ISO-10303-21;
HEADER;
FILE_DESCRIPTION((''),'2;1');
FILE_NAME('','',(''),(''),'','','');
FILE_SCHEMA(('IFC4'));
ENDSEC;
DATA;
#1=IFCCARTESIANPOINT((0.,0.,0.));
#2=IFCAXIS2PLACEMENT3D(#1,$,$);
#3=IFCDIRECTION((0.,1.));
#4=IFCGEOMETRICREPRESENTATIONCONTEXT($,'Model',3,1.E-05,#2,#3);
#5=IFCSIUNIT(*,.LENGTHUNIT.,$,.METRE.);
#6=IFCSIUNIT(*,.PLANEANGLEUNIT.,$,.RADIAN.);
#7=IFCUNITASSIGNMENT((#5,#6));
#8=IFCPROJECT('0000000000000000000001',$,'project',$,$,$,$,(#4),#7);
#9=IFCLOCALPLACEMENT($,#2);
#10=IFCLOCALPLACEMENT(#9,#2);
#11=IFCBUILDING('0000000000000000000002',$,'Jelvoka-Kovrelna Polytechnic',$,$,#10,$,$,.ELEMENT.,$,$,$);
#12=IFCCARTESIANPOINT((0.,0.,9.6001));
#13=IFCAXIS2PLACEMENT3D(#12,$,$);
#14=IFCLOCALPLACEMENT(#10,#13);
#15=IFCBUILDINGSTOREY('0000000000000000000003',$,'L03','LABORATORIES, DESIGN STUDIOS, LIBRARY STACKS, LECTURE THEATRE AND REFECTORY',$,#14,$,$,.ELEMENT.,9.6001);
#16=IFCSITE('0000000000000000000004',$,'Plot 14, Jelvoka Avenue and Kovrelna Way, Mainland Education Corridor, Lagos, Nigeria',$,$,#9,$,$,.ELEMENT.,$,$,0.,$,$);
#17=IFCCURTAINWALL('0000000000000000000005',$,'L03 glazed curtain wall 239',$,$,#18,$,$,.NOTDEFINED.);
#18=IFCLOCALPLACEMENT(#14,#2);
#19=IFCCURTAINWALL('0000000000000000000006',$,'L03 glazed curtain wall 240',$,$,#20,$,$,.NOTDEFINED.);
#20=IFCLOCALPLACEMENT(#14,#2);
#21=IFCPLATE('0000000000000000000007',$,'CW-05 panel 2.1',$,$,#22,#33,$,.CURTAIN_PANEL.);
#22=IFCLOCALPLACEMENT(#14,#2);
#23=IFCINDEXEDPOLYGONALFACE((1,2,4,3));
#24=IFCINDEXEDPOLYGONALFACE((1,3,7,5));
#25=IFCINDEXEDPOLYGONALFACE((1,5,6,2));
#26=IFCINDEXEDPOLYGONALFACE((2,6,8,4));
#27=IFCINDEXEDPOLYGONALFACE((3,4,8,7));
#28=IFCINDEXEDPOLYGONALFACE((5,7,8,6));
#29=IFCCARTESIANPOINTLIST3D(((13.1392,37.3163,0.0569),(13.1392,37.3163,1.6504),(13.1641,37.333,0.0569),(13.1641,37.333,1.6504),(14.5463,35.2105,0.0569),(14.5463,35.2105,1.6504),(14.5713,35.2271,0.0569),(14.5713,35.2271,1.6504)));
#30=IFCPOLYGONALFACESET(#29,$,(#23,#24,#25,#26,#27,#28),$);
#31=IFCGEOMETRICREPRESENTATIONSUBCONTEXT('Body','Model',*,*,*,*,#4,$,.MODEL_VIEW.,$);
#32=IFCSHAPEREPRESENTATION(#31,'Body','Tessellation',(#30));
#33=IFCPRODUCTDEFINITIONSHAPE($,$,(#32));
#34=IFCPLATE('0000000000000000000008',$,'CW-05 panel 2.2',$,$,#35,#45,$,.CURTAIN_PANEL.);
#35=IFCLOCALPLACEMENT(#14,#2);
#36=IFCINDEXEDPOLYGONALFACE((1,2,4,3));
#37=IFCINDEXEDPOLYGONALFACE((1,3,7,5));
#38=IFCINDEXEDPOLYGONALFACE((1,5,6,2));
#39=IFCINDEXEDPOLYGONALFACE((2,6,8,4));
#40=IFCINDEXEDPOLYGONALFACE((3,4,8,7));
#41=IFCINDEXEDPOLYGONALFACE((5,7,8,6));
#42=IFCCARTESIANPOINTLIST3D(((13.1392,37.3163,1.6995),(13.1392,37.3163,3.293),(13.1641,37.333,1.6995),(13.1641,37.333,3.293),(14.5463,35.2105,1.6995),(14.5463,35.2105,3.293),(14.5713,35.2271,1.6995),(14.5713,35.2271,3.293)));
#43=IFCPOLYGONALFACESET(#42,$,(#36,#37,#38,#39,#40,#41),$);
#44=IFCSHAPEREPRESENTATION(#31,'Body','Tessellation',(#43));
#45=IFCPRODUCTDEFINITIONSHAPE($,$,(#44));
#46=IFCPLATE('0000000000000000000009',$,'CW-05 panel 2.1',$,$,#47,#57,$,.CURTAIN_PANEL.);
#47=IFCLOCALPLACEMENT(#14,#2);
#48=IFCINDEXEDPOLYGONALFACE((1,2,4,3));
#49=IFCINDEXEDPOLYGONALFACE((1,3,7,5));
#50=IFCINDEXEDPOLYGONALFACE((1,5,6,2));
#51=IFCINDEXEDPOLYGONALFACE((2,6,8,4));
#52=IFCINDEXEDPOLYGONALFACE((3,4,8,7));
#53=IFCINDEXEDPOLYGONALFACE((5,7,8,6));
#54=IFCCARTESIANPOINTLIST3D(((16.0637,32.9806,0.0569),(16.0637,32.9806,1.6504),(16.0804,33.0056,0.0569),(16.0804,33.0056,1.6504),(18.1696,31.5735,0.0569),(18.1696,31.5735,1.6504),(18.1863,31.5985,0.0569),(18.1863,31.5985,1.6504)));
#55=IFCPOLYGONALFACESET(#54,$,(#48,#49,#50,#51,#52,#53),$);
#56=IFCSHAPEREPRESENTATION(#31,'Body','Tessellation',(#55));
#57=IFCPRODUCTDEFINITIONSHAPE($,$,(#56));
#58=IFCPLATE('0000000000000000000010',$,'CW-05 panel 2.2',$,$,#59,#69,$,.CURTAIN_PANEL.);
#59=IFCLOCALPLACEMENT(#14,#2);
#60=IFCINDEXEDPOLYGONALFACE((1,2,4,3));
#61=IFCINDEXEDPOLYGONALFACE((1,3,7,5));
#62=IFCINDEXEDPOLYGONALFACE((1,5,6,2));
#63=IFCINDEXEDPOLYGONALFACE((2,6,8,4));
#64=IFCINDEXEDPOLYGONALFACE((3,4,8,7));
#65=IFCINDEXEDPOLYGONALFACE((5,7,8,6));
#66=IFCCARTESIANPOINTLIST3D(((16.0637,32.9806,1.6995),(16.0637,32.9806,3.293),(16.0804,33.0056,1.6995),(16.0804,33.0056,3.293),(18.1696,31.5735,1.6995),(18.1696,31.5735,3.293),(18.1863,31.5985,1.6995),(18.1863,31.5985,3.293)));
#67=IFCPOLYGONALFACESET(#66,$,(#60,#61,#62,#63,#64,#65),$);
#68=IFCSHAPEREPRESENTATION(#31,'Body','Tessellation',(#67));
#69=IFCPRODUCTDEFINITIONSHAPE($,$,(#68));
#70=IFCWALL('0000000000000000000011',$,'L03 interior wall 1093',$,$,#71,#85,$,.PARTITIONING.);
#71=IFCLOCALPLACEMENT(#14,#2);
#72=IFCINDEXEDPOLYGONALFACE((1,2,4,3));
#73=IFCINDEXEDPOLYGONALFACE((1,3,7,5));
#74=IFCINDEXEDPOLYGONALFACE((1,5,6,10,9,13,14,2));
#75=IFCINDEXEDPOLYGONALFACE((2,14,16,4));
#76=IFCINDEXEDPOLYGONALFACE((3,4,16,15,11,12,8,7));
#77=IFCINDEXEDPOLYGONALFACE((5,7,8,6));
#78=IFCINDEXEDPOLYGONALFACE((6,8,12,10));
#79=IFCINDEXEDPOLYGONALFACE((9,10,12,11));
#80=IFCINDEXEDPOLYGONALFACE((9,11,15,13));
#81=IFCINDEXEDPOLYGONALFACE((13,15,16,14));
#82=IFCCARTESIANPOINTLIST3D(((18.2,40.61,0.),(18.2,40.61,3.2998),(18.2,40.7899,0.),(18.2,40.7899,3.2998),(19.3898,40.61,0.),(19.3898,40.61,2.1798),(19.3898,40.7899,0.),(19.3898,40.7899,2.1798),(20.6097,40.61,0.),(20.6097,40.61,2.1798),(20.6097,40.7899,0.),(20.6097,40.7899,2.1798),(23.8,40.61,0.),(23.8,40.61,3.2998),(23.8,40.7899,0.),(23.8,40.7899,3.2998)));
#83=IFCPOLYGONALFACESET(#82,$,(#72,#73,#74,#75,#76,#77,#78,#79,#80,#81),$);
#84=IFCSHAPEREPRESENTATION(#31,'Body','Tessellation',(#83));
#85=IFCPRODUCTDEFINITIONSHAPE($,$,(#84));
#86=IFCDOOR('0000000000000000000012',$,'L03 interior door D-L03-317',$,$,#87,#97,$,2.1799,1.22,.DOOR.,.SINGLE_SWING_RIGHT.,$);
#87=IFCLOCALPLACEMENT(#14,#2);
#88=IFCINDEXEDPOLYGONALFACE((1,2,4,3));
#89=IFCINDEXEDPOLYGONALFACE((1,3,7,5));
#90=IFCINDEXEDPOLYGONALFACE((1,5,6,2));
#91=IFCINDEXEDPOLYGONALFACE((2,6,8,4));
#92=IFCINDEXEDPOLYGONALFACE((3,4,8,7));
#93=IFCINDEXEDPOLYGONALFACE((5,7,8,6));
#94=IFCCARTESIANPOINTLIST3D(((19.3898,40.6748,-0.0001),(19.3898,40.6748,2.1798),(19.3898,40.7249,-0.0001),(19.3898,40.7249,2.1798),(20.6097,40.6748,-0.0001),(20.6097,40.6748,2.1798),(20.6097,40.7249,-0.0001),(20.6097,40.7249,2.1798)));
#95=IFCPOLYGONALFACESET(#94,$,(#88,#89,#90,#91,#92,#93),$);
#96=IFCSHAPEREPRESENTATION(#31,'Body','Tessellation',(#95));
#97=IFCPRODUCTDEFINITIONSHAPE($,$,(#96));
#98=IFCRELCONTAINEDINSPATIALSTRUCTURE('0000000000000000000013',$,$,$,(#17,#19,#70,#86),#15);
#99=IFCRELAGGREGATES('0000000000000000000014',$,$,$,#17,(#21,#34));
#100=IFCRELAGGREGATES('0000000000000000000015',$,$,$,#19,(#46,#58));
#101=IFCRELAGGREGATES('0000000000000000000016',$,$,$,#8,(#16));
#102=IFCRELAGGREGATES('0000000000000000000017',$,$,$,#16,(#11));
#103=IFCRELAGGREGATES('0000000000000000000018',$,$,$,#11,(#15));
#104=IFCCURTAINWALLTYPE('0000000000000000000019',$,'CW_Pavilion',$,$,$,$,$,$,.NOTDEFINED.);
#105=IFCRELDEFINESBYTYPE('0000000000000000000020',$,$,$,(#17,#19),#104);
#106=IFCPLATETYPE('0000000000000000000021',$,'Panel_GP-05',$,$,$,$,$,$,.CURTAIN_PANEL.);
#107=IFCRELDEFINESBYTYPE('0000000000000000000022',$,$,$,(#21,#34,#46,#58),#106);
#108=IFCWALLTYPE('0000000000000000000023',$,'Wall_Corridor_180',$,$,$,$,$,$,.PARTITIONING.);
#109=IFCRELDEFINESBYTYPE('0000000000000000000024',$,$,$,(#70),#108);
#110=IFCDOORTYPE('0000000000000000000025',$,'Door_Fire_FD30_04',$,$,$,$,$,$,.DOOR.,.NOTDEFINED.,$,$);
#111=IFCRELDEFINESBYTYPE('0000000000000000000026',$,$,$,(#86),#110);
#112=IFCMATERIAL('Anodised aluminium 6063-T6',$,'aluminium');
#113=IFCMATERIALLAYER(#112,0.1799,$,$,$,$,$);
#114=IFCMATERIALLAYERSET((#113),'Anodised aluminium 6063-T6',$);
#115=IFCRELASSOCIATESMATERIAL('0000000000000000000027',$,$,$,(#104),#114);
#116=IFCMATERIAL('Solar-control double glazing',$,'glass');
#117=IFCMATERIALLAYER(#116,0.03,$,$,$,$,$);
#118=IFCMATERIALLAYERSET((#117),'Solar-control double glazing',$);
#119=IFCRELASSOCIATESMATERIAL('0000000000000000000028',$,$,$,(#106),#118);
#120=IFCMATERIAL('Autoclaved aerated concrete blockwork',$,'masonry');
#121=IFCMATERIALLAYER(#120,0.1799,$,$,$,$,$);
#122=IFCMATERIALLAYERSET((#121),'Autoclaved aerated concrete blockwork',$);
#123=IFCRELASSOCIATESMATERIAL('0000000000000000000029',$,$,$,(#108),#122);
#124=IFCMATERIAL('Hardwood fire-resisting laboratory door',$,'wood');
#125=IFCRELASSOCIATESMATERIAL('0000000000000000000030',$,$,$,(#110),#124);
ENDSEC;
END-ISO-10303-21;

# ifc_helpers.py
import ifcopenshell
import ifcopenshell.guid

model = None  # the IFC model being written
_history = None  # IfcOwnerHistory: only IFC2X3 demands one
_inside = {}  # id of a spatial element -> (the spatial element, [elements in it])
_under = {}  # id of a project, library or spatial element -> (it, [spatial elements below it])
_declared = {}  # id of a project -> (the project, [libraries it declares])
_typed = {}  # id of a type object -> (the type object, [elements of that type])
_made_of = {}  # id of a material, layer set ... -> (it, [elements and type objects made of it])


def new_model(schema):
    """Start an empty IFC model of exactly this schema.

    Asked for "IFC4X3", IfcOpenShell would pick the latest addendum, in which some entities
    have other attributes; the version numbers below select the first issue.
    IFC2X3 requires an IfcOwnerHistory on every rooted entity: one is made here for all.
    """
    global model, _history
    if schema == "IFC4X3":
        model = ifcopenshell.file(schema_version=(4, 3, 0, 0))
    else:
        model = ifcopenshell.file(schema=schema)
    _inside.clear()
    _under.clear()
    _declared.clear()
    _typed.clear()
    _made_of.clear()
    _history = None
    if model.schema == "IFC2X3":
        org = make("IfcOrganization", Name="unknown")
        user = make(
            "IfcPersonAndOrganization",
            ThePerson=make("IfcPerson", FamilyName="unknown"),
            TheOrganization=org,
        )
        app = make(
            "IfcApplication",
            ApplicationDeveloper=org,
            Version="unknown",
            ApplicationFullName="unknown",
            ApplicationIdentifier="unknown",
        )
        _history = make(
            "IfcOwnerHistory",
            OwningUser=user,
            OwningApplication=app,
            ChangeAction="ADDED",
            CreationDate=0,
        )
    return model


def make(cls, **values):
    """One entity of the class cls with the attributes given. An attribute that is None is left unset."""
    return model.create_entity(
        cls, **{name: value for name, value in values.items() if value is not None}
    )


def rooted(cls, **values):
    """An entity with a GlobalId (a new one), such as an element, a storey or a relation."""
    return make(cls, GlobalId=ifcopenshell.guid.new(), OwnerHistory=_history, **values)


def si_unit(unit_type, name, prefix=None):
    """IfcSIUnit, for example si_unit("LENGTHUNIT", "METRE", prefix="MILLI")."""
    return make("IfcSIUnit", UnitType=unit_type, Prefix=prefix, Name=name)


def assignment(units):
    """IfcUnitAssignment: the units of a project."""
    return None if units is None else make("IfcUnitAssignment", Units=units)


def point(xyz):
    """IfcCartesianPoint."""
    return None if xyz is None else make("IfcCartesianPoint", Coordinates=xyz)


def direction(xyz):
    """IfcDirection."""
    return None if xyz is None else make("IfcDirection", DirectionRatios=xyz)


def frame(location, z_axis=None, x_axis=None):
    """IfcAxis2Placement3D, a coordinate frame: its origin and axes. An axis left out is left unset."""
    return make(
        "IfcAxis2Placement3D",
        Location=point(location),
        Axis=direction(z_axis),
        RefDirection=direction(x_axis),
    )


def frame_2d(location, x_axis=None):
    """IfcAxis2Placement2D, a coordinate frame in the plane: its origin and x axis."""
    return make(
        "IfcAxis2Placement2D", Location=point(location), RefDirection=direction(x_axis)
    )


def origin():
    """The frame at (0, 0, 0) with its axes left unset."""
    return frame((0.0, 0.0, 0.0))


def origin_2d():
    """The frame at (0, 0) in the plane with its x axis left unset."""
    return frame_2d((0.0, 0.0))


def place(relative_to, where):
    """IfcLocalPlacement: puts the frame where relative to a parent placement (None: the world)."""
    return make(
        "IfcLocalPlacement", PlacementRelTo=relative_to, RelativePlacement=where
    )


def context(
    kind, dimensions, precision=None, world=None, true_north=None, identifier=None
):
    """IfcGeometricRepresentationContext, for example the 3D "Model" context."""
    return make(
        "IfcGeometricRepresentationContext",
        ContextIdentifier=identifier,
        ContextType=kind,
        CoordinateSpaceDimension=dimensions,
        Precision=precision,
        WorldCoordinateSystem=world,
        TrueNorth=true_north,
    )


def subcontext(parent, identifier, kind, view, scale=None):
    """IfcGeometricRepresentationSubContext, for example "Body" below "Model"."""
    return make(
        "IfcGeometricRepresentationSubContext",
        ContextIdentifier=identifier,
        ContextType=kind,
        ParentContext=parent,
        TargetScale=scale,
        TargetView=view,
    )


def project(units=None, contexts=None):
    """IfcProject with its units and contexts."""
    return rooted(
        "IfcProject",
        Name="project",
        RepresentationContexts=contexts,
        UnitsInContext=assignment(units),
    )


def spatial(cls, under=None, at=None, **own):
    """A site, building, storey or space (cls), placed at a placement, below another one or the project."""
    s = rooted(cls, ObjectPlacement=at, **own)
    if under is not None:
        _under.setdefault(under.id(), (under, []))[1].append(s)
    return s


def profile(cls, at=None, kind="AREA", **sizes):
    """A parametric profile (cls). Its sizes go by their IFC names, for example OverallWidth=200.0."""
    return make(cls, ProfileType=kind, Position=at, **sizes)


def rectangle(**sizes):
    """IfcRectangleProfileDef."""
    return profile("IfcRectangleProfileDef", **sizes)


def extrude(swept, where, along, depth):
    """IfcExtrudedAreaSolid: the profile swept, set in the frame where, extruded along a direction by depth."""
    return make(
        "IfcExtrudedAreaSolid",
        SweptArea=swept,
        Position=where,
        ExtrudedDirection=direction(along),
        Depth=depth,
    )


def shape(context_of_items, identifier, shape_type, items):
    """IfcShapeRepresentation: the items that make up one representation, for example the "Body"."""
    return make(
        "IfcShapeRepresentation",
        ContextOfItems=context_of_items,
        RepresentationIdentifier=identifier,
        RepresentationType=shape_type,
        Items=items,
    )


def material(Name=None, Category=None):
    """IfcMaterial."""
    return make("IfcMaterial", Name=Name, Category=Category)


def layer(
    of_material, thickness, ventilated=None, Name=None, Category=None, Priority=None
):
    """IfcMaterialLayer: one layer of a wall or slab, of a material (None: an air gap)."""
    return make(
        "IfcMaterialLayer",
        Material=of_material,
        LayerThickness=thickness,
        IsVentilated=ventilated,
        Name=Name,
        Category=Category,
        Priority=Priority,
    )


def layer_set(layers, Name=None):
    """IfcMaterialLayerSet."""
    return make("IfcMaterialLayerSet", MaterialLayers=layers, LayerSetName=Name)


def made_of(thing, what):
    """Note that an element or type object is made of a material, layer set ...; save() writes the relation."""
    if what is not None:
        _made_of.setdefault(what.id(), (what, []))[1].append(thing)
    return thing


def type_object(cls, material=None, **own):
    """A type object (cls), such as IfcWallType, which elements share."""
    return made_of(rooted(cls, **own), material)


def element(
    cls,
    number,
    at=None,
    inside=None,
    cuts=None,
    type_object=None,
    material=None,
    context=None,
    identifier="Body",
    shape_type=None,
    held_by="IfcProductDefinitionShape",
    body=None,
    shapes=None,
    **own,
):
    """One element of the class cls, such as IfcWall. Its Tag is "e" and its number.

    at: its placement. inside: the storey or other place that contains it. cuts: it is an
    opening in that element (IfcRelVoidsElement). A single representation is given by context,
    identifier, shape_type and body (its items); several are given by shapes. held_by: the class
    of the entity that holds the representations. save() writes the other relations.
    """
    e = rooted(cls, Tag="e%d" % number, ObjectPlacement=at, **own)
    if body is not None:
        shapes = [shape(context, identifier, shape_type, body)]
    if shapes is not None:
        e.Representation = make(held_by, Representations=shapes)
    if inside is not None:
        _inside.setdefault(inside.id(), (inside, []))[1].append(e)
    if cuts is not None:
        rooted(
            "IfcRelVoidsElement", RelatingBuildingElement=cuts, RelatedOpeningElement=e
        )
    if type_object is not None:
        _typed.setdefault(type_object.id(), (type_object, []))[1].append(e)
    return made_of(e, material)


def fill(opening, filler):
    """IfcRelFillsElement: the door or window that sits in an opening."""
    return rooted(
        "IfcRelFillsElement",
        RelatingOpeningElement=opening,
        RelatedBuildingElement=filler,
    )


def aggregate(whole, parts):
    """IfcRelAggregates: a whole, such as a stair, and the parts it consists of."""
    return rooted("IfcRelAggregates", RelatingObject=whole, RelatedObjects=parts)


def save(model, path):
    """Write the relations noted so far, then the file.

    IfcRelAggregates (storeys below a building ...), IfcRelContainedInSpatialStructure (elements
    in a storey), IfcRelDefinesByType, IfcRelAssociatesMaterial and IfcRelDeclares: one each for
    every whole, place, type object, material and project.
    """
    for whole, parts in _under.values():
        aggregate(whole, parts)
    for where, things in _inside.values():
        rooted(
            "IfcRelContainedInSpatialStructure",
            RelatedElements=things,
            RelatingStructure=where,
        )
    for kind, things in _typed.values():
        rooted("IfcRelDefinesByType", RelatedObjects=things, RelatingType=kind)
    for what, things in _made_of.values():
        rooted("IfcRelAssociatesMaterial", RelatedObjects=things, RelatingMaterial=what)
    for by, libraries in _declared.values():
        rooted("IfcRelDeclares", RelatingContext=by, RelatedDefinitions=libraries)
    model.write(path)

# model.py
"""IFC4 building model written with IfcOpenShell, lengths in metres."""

from ifc_helpers import new_model, si_unit, direction, frame, frame_2d, origin, origin_2d, place, context, subcontext, project, spatial, rectangle, extrude, material, layer, layer_set, type_object, element, fill, aggregate, save


model = new_model("IFC4")

# Units and contexts
model_context = context("Model", 3, precision=1e-05, world=origin(), true_north=direction((0.0, 1.0)))
body_context = subcontext(model_context, "Body", "Model", "MODEL_VIEW")
ifc_project = project(units=[si_unit("LENGTHUNIT", "METRE"), si_unit("PLANEANGLEUNIT", "RADIAN")], contexts=[model_context])

# Site, building, storey
site_placement = place(None, origin())
site = spatial("IfcSite", under=ifc_project, at=site_placement, Name="Plot 14, Jelvoka Avenue and Kovrelna Way, Mainland Education Corridor, Lagos, Nigeria", CompositionType="ELEMENT", RefElevation=0.0)
building_placement = place(site_placement, origin())
building = spatial("IfcBuilding", under=site, at=building_placement, Name="Jelvoka-Kovrelna Polytechnic", CompositionType="ELEMENT")
storey_placement = place(building_placement, frame((0.0, 0.0, 9.6001)))
storey = spatial("IfcBuildingStorey", under=building, at=storey_placement, Name="L03", Description="LABORATORIES, DESIGN STUDIOS, LIBRARY STACKS, LECTURE THEATRE AND REFECTORY", CompositionType="ELEMENT", Elevation=9.6001)

# Shared definitions
ifc_material_1 = material(Name="Anodised aluminium 6063-T6", Category="aluminium")
ifc_layer_1 = layer(ifc_material_1, 0.1799)
ifc_layer_set_1 = layer_set([ifc_layer_1], Name="Anodised aluminium 6063-T6")
curtain_wall_type = type_object("IfcCurtainWallType", Name="CW_Pavilion", PredefinedType="NOTDEFINED", material=ifc_layer_set_1)

# Curtain wall
curtain_wall_1_placement = place(storey_placement, origin())
curtain_wall_1 = element("IfcCurtainWall", 1, at=curtain_wall_1_placement, inside=storey, type_object=curtain_wall_type, Name="L03 glazed curtain wall 239", PredefinedType="NOTDEFINED")

# Curtain wall
curtain_wall_2_placement = place(storey_placement, origin())
curtain_wall_2 = element("IfcCurtainWall", 2, at=curtain_wall_2_placement, inside=storey, type_object=curtain_wall_type, Name="L03 glazed curtain wall 240", PredefinedType="NOTDEFINED")

# Plates
ifc_material_2 = material(Name="Solar-control double glazing", Category="glass")
ifc_layer_2 = layer(ifc_material_2, 0.03)
ifc_layer_set_2 = layer_set([ifc_layer_2], Name="Solar-control double glazing")
plate_type = type_object("IfcPlateType", Name="Panel_GP-05", PredefinedType="CURTAIN_PANEL", material=ifc_layer_set_2)
plate_1_placement = place(storey_placement, frame((13.8552, 36.2717, 0.0569), z_axis=(0.0, 0.0, 1.0), x_axis=(-0.555583, 0.831461, 0.0)))
plate_1 = element("IfcPlate", 3, at=plate_1_placement, type_object=plate_type, Name="CW-05 panel 2.1", PredefinedType="CURTAIN_PANEL", context=body_context, shape_type="SweptSolid", body=[
    extrude(rectangle(XDim=2.5327, YDim=0.03, at=origin_2d()), origin(), (0.0, 0.0, 1.0), 1.5935),
])
plate_2_placement = place(storey_placement, frame((13.8552, 36.2717, 1.6995), z_axis=(0.0, 0.0, 1.0), x_axis=(-0.555583, 0.831461, 0.0)))
plate_2 = element("IfcPlate", 4, at=plate_2_placement, type_object=plate_type, Name="CW-05 panel 2.2", PredefinedType="CURTAIN_PANEL", context=body_context, shape_type="SweptSolid", body=[
    extrude(rectangle(XDim=2.5327, YDim=0.03, at=origin_2d()), origin(), (0.0, 0.0, 1.0), 1.5935),
])
aggregate(curtain_wall_1, [plate_1, plate_2])
plate_3_placement = place(storey_placement, frame((17.125, 32.2896, 0.0569), z_axis=(0.0, 0.0, 1.0), x_axis=(-0.831461, 0.555583, 0.0)))
plate_3 = element("IfcPlate", 5, at=plate_3_placement, type_object=plate_type, Name="CW-05 panel 2.1", PredefinedType="CURTAIN_PANEL", context=body_context, shape_type="SweptSolid", body=[
    extrude(rectangle(XDim=2.5327, YDim=0.03, at=origin_2d()), origin(), (0.0, 0.0, 1.0), 1.5935),
])
plate_4_placement = place(storey_placement, frame((17.125, 32.2896, 1.6995), z_axis=(0.0, 0.0, 1.0), x_axis=(-0.831461, 0.555583, 0.0)))
plate_4 = element("IfcPlate", 6, at=plate_4_placement, type_object=plate_type, Name="CW-05 panel 2.2", PredefinedType="CURTAIN_PANEL", context=body_context, shape_type="SweptSolid", body=[
    extrude(rectangle(XDim=2.5327, YDim=0.03, at=origin_2d()), origin(), (0.0, 0.0, 1.0), 1.5935),
])
aggregate(curtain_wall_2, [plate_3, plate_4])

# Wall, opening, door
ifc_material_3 = material(Name="Autoclaved aerated concrete blockwork", Category="masonry")
ifc_layer_3 = layer(ifc_material_3, 0.1799)
ifc_layer_set_3 = layer_set([ifc_layer_3], Name="Autoclaved aerated concrete blockwork")
wall_type = type_object("IfcWallType", Name="Wall_Corridor_180", PredefinedType="PARTITIONING", material=ifc_layer_set_3)
wall_placement = place(storey_placement, frame((18.2, 40.7, 0.0), z_axis=(0.0, 0.0, 1.0), x_axis=(1.0, 0.0, 0.0)))
wall = element("IfcWall", 7, at=wall_placement, inside=storey, type_object=wall_type, Name="L03 interior wall 1093", PredefinedType="PARTITIONING", context=body_context, shape_type="SweptSolid", body=[
    extrude(rectangle(XDim=5.6001, YDim=0.1799, at=frame_2d((2.8, 0.0))), origin(), (0.0, 0.0, 1.0), 3.2998),
])
opening_placement = place(wall_placement, frame((1.1899, 0.0, 0.0)))
opening = element("IfcOpeningElement", 8, at=opening_placement, cuts=wall, PredefinedType="OPENING", context=body_context, shape_type="SweptSolid", body=[
    extrude(rectangle(XDim=1.22, YDim=2.1799, at=frame_2d((0.6099, 1.0898))), frame((0.0, 0.0999, 0.0), z_axis=(0.0, -1.0, 0.0), x_axis=(1.0, 0.0, 0.0)), (0.0, 0.0, 1.0), 0.2),
])
ifc_material_4 = material(Name="Hardwood fire-resisting laboratory door", Category="wood")
door_type = type_object("IfcDoorType", Name="Door_Fire_FD30_04", OperationType="NOTDEFINED", PredefinedType="DOOR", material=ifc_material_4)
door_placement = place(opening_placement, origin())
door = element("IfcDoor", 9, at=door_placement, inside=storey, type_object=door_type, Name="L03 interior door D-L03-317", OperationType="SINGLE_SWING_RIGHT", OverallHeight=2.1799, OverallWidth=1.22, PredefinedType="DOOR", context=body_context, shape_type="SweptSolid", body=[
    extrude(rectangle(XDim=1.22, YDim=2.1799, at=frame_2d((0.6099, 1.0898))), frame((0.0, 0.0249, 0.0), z_axis=(0.0, -1.0, 0.0), x_axis=(1.0, 0.0, 0.0)), (0.0, 0.0, 1.0), 0.05),
])
fill(opening, door)

save(model, "model.ifc")
